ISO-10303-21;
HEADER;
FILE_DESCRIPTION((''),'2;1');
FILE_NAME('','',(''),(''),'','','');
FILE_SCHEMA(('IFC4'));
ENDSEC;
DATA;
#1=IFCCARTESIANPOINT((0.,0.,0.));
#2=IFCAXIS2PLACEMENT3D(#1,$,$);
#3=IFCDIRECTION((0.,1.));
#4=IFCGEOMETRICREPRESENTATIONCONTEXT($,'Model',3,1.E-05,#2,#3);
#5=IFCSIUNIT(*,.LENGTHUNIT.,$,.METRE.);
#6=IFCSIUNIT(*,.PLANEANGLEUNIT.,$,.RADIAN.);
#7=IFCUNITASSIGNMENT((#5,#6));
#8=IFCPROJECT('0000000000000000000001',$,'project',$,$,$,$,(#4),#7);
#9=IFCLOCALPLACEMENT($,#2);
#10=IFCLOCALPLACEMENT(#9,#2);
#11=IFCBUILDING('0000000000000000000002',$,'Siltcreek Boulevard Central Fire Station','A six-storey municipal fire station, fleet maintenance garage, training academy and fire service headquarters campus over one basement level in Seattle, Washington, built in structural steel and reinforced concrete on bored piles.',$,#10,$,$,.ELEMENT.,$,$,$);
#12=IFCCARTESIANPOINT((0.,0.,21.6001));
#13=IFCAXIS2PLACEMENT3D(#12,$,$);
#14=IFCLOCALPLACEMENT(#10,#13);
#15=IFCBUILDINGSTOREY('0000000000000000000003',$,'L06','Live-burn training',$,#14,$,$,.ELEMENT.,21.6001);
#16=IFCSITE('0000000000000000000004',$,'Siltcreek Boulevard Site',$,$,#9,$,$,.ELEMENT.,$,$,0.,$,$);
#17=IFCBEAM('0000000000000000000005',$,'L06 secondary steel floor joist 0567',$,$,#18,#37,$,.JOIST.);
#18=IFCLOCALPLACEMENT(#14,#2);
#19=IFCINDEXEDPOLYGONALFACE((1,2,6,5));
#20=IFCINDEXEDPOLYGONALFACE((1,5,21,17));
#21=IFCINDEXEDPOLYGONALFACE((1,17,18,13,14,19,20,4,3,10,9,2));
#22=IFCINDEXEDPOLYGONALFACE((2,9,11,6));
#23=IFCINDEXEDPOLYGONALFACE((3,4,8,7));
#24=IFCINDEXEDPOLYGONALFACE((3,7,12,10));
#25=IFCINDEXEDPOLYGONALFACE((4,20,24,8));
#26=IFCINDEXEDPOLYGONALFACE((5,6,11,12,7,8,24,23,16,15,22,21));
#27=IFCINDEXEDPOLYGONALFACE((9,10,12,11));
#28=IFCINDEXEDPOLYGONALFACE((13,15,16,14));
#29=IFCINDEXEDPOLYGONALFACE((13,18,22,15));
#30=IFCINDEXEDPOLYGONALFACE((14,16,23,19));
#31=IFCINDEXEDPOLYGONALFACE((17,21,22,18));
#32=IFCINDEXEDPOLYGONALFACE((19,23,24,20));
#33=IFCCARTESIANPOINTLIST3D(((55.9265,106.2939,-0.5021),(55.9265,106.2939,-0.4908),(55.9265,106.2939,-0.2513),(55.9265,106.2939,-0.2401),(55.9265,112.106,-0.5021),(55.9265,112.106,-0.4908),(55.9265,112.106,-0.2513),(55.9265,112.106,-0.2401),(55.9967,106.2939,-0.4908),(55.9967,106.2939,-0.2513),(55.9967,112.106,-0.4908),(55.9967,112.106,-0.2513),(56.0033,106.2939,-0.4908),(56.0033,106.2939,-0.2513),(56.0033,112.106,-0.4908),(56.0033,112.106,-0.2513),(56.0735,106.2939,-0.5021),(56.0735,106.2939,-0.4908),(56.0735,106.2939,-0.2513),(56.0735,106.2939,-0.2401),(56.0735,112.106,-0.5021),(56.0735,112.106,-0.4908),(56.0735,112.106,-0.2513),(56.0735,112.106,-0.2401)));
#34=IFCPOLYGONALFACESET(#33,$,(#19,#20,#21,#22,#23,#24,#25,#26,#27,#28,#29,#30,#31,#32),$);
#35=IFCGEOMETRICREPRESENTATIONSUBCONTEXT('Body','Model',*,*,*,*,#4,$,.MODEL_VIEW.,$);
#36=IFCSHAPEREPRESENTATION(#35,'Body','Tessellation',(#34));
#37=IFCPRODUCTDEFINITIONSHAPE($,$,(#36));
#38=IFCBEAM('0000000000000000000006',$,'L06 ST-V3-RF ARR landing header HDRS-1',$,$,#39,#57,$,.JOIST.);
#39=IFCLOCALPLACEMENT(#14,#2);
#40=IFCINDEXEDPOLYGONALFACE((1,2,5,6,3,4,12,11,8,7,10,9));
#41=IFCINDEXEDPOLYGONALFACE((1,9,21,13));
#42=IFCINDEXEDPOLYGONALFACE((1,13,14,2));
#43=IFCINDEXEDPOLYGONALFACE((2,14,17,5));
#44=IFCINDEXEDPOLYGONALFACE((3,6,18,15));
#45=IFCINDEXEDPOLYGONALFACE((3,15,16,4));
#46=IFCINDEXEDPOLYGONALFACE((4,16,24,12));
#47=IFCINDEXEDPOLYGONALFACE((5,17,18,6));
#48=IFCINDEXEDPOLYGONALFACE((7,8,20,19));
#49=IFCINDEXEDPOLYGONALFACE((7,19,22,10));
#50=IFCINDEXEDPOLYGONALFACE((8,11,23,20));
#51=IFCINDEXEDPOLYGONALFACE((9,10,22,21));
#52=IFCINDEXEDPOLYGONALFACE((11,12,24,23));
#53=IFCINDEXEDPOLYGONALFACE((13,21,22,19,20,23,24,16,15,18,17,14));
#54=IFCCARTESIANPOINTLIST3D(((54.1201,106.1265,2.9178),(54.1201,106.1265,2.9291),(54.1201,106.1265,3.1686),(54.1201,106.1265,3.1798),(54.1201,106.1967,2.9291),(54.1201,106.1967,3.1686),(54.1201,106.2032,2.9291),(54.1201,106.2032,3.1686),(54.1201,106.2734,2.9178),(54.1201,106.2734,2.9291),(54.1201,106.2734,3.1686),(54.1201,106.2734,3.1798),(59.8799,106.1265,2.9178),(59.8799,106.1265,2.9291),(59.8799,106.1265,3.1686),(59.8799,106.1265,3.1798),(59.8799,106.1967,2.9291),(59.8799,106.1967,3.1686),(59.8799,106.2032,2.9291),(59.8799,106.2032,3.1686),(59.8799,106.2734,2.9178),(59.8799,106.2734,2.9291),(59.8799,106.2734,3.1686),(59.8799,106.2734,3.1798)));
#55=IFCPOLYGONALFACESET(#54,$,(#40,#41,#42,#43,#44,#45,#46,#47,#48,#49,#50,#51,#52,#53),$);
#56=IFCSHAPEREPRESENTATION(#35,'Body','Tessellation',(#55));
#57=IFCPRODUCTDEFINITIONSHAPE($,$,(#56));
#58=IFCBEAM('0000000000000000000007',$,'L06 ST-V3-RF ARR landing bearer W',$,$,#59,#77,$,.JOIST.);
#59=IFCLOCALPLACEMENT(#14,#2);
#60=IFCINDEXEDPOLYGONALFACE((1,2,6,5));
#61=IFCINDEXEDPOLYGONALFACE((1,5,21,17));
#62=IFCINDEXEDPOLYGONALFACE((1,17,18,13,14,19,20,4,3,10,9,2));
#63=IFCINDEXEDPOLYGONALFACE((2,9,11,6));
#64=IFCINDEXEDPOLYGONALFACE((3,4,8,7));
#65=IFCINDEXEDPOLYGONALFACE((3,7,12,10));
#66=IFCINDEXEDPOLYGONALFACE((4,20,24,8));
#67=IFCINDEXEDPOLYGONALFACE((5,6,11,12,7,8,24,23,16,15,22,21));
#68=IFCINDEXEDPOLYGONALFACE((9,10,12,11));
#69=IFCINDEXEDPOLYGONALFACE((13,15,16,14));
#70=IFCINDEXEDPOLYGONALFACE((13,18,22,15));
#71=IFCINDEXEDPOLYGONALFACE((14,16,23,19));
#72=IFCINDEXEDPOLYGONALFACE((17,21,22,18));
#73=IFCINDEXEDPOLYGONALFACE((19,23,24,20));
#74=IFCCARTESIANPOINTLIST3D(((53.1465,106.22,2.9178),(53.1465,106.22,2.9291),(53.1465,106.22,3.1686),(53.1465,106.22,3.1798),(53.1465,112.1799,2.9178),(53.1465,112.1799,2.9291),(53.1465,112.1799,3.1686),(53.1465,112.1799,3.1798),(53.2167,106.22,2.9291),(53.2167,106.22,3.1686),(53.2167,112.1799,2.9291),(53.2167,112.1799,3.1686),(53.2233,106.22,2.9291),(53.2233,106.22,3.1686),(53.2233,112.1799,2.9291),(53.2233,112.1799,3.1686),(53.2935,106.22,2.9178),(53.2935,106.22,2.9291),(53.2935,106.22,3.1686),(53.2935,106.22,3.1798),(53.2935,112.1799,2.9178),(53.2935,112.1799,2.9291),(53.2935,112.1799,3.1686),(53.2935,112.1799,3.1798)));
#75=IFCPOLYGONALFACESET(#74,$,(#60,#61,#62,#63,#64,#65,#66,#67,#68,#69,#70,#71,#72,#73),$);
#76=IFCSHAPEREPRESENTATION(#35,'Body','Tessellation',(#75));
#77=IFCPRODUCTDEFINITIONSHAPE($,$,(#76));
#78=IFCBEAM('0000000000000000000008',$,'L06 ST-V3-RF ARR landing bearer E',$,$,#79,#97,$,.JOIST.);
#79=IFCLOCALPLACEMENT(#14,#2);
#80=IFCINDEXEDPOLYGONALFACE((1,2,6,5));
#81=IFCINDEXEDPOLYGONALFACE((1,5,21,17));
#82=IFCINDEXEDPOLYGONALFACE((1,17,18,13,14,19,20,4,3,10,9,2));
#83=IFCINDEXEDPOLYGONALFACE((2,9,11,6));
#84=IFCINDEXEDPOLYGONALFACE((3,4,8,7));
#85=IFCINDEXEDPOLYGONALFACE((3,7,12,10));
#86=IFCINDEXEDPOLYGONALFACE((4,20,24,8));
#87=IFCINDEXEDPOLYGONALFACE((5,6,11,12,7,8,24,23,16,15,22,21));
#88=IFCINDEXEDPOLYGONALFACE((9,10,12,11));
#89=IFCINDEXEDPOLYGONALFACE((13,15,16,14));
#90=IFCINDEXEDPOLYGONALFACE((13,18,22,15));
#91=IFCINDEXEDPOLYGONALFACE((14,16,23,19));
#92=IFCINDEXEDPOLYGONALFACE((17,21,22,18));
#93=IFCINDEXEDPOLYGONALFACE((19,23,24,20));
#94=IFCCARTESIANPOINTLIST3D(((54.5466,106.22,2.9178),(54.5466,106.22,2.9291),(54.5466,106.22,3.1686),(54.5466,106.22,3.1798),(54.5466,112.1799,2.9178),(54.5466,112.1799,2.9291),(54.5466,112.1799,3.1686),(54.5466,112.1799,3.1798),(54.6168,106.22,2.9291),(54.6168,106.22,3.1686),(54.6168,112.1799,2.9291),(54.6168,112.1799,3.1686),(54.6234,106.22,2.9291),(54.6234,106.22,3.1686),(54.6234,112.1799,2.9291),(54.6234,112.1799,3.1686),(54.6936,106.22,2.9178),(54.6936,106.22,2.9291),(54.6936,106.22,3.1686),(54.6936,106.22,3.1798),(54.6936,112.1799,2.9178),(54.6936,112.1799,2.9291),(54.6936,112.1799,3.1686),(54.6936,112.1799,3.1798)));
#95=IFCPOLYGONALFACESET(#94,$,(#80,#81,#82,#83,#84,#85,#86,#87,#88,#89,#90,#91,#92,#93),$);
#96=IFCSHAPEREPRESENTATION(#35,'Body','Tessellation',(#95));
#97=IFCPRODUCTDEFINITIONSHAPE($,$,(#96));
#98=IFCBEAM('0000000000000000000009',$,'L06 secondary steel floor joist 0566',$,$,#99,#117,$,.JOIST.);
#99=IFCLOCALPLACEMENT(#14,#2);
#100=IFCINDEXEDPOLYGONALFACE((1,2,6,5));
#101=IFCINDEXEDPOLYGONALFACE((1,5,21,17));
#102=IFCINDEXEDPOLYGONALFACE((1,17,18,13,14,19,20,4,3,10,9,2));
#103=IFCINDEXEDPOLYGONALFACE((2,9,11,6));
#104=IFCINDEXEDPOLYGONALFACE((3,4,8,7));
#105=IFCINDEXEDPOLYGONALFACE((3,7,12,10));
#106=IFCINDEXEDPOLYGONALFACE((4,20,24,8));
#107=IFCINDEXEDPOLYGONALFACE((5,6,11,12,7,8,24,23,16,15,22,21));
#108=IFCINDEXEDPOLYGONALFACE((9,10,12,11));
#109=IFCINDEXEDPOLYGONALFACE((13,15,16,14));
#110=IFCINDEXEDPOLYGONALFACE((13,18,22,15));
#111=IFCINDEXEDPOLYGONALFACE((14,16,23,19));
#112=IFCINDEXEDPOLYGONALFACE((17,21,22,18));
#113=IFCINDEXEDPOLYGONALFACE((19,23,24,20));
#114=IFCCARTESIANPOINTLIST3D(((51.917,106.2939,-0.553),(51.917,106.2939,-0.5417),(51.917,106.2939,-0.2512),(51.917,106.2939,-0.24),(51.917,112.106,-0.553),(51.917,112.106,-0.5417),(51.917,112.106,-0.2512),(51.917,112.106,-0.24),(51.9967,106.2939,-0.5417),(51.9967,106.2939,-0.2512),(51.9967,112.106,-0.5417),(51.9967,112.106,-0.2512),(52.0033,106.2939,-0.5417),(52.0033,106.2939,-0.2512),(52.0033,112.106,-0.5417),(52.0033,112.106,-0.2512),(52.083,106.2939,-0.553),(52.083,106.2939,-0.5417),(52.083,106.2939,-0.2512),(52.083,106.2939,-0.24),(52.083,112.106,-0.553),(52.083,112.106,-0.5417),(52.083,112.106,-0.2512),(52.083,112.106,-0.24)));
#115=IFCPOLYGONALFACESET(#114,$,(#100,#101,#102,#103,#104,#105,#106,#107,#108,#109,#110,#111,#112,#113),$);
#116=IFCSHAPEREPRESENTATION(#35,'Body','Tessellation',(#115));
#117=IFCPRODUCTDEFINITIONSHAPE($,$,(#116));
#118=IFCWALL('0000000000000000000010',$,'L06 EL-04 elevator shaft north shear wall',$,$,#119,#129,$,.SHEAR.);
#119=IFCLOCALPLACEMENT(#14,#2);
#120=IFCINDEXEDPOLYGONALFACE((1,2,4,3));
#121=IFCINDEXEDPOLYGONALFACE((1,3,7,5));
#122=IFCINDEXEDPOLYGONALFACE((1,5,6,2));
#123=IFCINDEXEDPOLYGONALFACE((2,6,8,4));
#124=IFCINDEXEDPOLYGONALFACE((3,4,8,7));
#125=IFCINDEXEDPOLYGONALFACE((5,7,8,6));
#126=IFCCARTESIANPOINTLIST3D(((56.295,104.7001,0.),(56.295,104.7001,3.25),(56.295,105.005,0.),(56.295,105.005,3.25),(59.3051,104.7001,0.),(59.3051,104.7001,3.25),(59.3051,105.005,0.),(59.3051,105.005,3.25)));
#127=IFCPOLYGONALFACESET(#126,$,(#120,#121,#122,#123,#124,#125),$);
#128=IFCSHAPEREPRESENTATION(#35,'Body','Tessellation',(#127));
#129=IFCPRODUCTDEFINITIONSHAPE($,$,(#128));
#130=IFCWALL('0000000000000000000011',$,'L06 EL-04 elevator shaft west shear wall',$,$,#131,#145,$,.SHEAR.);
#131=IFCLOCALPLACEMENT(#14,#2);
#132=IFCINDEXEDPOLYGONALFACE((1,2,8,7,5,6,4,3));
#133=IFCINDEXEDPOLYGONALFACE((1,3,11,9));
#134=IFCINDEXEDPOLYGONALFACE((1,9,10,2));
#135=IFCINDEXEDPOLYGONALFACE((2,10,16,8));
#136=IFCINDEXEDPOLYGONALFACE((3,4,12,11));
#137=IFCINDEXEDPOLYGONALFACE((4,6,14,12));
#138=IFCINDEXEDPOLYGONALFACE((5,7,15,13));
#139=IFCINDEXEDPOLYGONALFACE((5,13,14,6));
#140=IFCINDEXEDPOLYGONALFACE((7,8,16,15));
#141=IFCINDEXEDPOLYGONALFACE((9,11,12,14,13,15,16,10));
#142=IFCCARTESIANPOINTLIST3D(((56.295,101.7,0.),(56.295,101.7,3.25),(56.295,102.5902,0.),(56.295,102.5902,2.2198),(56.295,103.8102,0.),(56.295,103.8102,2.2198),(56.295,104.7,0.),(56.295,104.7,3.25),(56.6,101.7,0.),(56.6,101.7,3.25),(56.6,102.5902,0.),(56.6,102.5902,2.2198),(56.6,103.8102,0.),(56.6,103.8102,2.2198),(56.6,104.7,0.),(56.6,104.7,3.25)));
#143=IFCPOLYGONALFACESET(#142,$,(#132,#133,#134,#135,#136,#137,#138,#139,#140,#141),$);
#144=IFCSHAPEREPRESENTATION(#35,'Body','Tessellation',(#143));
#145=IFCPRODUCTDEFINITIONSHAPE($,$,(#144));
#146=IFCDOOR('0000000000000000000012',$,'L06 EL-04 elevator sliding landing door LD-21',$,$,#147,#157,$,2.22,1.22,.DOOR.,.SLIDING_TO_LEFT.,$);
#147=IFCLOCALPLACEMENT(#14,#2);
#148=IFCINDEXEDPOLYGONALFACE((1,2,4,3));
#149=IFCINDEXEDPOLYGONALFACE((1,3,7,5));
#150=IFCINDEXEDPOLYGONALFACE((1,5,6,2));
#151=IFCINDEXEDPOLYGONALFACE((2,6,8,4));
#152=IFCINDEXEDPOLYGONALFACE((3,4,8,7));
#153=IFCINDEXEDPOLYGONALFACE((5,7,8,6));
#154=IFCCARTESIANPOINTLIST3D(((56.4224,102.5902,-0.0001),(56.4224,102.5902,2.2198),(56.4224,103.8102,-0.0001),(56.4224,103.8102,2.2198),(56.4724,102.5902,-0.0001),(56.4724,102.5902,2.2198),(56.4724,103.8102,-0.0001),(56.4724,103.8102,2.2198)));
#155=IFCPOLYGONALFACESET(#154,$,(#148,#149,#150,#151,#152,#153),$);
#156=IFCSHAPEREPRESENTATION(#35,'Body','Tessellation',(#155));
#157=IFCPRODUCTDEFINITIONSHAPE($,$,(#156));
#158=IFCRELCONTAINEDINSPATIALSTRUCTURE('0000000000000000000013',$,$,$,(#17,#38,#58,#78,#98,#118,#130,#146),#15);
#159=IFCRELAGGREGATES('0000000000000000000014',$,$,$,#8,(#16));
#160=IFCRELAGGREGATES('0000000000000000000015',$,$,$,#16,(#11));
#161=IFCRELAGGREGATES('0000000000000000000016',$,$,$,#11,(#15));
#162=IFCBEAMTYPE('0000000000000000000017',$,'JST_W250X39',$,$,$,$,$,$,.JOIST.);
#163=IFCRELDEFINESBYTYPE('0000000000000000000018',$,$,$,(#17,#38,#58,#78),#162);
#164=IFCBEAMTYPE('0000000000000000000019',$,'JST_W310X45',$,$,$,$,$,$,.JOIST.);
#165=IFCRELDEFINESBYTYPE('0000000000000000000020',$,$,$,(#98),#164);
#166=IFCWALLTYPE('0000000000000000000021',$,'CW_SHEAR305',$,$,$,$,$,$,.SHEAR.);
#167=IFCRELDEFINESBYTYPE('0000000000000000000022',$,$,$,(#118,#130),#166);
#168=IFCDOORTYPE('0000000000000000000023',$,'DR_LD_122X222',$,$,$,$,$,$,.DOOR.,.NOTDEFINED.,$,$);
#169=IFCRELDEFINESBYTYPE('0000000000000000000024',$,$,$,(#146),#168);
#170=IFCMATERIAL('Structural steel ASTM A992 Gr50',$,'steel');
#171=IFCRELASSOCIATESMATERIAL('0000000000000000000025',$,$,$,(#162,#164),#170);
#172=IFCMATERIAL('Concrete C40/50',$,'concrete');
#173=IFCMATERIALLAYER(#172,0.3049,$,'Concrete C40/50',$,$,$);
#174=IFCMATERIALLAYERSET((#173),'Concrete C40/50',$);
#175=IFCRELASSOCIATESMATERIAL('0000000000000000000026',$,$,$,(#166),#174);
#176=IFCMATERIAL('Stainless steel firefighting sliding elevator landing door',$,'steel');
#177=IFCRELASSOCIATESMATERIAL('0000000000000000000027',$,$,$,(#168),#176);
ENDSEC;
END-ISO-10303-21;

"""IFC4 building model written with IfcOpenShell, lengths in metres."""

from ifc_helpers import new_model, si_unit, direction, frame, frame_2d, origin, origin_2d, place, context, subcontext, project, spatial, rectangle, i_section, extrude, material, layer, layer_set, material_profile, profile_set, type_object, element, fill, save


model = new_model("IFC4")

# Units and contexts
model_context = context("Model", 3, precision=1e-05, world=origin(), true_north=direction((0.0, 1.0)))
body_context = subcontext(model_context, "Body", "Model", "MODEL_VIEW")
ifc_project = project(units=[si_unit("LENGTHUNIT", "METRE"), si_unit("PLANEANGLEUNIT", "RADIAN")], contexts=[model_context])

# Site, building, storey
site_placement = place(None, origin())
site = spatial("IfcSite", under=ifc_project, at=site_placement, Name="Siltcreek Boulevard Site", CompositionType="ELEMENT", RefElevation=0.0)
building_placement = place(site_placement, origin())
building = spatial("IfcBuilding", under=site, at=building_placement, Name="Siltcreek Boulevard Central Fire Station", Description="A six-storey municipal fire station, fleet maintenance garage, training academy and fire service headquarters campus over one basement level in Seattle, Washington, built in structural steel and reinforced concrete on bored piles.", CompositionType="ELEMENT")
storey_placement = place(building_placement, frame((0.0, 0.0, 21.6001)))
storey = spatial("IfcBuildingStorey", under=building, at=storey_placement, Name="L06", Description="Live-burn training", CompositionType="ELEMENT", Elevation=21.6001)

# Shared definitions
ifc_material_1 = material(Name="Structural steel ASTM A992 Gr50", Category="steel")

# Beams
ifc_material_profile_1 = material_profile(ifc_material_1, i_section(OverallWidth=0.147, OverallDepth=0.262, WebThickness=0.0066, FlangeThickness=0.0112, at=origin_2d()), Name="W250X39")
ifc_profile_set_1 = profile_set([ifc_material_profile_1], Name="Structural steel ASTM A992 Gr50")
beam_type_1 = type_object("IfcBeamType", Name="JST_W250X39", PredefinedType="JOIST", material=ifc_profile_set_1)
beam_1_placement = place(storey_placement, frame((56.0, 106.2939, -0.3711), z_axis=(0.0, 1.0, 0.0), x_axis=(-1.0, 0.0, 0.0)))
element("IfcBeam", 1, at=beam_1_placement, inside=storey, type_object=beam_type_1, Name="L06 secondary steel floor joist 0567", PredefinedType="JOIST", context=body_context, shape_type="SweptSolid", body=[
    extrude(i_section(OverallWidth=0.147, OverallDepth=0.262, WebThickness=0.0066, FlangeThickness=0.0112, at=origin_2d()), origin(), (0.0, 0.0, 1.0), 5.812),
])
beam_2_placement = place(storey_placement, frame((54.1201, 106.2, 3.0488), z_axis=(1.0, 0.0, 0.0), x_axis=(0.0, 1.0, 0.0)))
element("IfcBeam", 2, at=beam_2_placement, inside=storey, type_object=beam_type_1, Name="L06 ST-V3-RF ARR landing header HDRS-1", PredefinedType="JOIST", context=body_context, shape_type="SweptSolid", body=[
    extrude(i_section(OverallWidth=0.147, OverallDepth=0.262, WebThickness=0.0066, FlangeThickness=0.0112, at=origin_2d()), origin(), (0.0, 0.0, 1.0), 5.7598),
])
for number, where, z_axis, x_axis, name in (
    (3, (53.22, 106.22, 3.0488), (0.0, 1.0, 0.0), (-1.0, 0.0, 0.0), "L06 ST-V3-RF ARR landing bearer W"),
    (4, (54.6201, 106.22, 3.0488), (0.0, 1.0, 0.0), (-1.0, 0.0, 0.0), "L06 ST-V3-RF ARR landing bearer E"),
):
    element("IfcBeam", number, at=place(storey_placement, frame(where, z_axis=z_axis, x_axis=x_axis)), inside=storey, type_object=beam_type_1, Name=name, PredefinedType="JOIST", context=body_context, shape_type="SweptSolid", body=[
        extrude(i_section(OverallWidth=0.147, OverallDepth=0.262, WebThickness=0.0066, FlangeThickness=0.0112, at=origin_2d()), origin(), (0.0, 0.0, 1.0), 5.96),
    ])
ifc_material_profile_2 = material_profile(ifc_material_1, i_section(OverallWidth=0.166, OverallDepth=0.313, WebThickness=0.0066, FlangeThickness=0.0112, at=origin_2d()), Name="W310X45")
ifc_profile_set_2 = profile_set([ifc_material_profile_2], Name="Structural steel ASTM A992 Gr50")
beam_type_2 = type_object("IfcBeamType", Name="JST_W310X45", PredefinedType="JOIST", material=ifc_profile_set_2)
beam_3_placement = place(storey_placement, frame((52.0, 106.2939, -0.3965), z_axis=(0.0, 1.0, 0.0), x_axis=(-1.0, 0.0, 0.0)))
element("IfcBeam", 5, at=beam_3_placement, inside=storey, type_object=beam_type_2, Name="L06 secondary steel floor joist 0566", PredefinedType="JOIST", context=body_context, shape_type="SweptSolid", body=[
    extrude(i_section(OverallWidth=0.166, OverallDepth=0.313, WebThickness=0.0066, FlangeThickness=0.0112, at=origin_2d()), origin(), (0.0, 0.0, 1.0), 5.812),
])

# Wall
ifc_material_2 = material(Name="Concrete C40/50", Category="concrete")
ifc_layer_1 = layer(ifc_material_2, 0.3049, Name="Concrete C40/50")
ifc_layer_set_1 = layer_set([ifc_layer_1], Name="Concrete C40/50")
wall_type_1 = type_object("IfcWallType", Name="CW_SHEAR305", PredefinedType="SHEAR", material=ifc_layer_set_1)
wall_1_placement = place(storey_placement, frame((59.3049, 104.8525, 0.0), z_axis=(0.0, 0.0, 1.0), x_axis=(-1.0, 0.0, 0.0)))
element("IfcWall", 6, at=wall_1_placement, inside=storey, type_object=wall_type_1, Name="L06 EL-04 elevator shaft north shear wall", PredefinedType="SHEAR", context=body_context, shape_type="SweptSolid", body=[
    extrude(rectangle(XDim=3.01, YDim=0.3049, at=frame_2d((1.5049, 0.0))), origin(), (0.0, 0.0, 1.0), 3.25),
])

# Wall, opening, door
wall_2_placement = place(storey_placement, frame((56.4475, 104.7, 0.0), z_axis=(0.0, 0.0, 1.0), x_axis=(0.0, -1.0, 0.0)))
wall_2 = element("IfcWall", 7, at=wall_2_placement, inside=storey, type_object=wall_type_1, Name="L06 EL-04 elevator shaft west shear wall", PredefinedType="SHEAR", context=body_context, shape_type="SweptSolid", body=[
    extrude(rectangle(XDim=3.0, YDim=0.3049, at=frame_2d((1.5, 0.0))), origin(), (0.0, 0.0, 1.0), 3.25),
])
opening_1_placement = place(wall_2_placement, frame((0.8899, 0.0, 0.0)))
opening_1 = element("IfcOpeningElement", 8, at=opening_1_placement, cuts=wall_2, PredefinedType="OPENING", context=body_context, shape_type="SweptSolid", body=[
    extrude(rectangle(XDim=1.22, YDim=2.22, at=frame_2d((0.6099, 1.1099))), frame((0.0, 0.1624, 0.0), z_axis=(0.0, -1.0, 0.0), x_axis=(1.0, 0.0, 0.0)), (0.0, 0.0, 1.0), 0.325),
])
ifc_material_3 = material(Name="Stainless steel firefighting sliding elevator landing door", Category="steel")
door_type_1 = type_object("IfcDoorType", Name="DR_LD_122X222", OperationType="NOTDEFINED", PredefinedType="DOOR", material=ifc_material_3)
door_1_placement = place(opening_1_placement, origin())
door_1 = element("IfcDoor", 9, at=door_1_placement, inside=storey, type_object=door_type_1, Name="L06 EL-04 elevator sliding landing door LD-21", OperationType="SLIDING_TO_LEFT", OverallHeight=2.22, OverallWidth=1.22, PredefinedType="DOOR", context=body_context, shape_type="SweptSolid", body=[
    extrude(rectangle(XDim=1.22, YDim=2.22, at=frame_2d((0.6099, 1.1099))), frame((0.0, 0.0249, 0.0), z_axis=(0.0, -1.0, 0.0), x_axis=(1.0, 0.0, 0.0)), (0.0, 0.0, 1.0), 0.05),
])
fill(opening_1, door_1)

save(model, "model.ifc")
